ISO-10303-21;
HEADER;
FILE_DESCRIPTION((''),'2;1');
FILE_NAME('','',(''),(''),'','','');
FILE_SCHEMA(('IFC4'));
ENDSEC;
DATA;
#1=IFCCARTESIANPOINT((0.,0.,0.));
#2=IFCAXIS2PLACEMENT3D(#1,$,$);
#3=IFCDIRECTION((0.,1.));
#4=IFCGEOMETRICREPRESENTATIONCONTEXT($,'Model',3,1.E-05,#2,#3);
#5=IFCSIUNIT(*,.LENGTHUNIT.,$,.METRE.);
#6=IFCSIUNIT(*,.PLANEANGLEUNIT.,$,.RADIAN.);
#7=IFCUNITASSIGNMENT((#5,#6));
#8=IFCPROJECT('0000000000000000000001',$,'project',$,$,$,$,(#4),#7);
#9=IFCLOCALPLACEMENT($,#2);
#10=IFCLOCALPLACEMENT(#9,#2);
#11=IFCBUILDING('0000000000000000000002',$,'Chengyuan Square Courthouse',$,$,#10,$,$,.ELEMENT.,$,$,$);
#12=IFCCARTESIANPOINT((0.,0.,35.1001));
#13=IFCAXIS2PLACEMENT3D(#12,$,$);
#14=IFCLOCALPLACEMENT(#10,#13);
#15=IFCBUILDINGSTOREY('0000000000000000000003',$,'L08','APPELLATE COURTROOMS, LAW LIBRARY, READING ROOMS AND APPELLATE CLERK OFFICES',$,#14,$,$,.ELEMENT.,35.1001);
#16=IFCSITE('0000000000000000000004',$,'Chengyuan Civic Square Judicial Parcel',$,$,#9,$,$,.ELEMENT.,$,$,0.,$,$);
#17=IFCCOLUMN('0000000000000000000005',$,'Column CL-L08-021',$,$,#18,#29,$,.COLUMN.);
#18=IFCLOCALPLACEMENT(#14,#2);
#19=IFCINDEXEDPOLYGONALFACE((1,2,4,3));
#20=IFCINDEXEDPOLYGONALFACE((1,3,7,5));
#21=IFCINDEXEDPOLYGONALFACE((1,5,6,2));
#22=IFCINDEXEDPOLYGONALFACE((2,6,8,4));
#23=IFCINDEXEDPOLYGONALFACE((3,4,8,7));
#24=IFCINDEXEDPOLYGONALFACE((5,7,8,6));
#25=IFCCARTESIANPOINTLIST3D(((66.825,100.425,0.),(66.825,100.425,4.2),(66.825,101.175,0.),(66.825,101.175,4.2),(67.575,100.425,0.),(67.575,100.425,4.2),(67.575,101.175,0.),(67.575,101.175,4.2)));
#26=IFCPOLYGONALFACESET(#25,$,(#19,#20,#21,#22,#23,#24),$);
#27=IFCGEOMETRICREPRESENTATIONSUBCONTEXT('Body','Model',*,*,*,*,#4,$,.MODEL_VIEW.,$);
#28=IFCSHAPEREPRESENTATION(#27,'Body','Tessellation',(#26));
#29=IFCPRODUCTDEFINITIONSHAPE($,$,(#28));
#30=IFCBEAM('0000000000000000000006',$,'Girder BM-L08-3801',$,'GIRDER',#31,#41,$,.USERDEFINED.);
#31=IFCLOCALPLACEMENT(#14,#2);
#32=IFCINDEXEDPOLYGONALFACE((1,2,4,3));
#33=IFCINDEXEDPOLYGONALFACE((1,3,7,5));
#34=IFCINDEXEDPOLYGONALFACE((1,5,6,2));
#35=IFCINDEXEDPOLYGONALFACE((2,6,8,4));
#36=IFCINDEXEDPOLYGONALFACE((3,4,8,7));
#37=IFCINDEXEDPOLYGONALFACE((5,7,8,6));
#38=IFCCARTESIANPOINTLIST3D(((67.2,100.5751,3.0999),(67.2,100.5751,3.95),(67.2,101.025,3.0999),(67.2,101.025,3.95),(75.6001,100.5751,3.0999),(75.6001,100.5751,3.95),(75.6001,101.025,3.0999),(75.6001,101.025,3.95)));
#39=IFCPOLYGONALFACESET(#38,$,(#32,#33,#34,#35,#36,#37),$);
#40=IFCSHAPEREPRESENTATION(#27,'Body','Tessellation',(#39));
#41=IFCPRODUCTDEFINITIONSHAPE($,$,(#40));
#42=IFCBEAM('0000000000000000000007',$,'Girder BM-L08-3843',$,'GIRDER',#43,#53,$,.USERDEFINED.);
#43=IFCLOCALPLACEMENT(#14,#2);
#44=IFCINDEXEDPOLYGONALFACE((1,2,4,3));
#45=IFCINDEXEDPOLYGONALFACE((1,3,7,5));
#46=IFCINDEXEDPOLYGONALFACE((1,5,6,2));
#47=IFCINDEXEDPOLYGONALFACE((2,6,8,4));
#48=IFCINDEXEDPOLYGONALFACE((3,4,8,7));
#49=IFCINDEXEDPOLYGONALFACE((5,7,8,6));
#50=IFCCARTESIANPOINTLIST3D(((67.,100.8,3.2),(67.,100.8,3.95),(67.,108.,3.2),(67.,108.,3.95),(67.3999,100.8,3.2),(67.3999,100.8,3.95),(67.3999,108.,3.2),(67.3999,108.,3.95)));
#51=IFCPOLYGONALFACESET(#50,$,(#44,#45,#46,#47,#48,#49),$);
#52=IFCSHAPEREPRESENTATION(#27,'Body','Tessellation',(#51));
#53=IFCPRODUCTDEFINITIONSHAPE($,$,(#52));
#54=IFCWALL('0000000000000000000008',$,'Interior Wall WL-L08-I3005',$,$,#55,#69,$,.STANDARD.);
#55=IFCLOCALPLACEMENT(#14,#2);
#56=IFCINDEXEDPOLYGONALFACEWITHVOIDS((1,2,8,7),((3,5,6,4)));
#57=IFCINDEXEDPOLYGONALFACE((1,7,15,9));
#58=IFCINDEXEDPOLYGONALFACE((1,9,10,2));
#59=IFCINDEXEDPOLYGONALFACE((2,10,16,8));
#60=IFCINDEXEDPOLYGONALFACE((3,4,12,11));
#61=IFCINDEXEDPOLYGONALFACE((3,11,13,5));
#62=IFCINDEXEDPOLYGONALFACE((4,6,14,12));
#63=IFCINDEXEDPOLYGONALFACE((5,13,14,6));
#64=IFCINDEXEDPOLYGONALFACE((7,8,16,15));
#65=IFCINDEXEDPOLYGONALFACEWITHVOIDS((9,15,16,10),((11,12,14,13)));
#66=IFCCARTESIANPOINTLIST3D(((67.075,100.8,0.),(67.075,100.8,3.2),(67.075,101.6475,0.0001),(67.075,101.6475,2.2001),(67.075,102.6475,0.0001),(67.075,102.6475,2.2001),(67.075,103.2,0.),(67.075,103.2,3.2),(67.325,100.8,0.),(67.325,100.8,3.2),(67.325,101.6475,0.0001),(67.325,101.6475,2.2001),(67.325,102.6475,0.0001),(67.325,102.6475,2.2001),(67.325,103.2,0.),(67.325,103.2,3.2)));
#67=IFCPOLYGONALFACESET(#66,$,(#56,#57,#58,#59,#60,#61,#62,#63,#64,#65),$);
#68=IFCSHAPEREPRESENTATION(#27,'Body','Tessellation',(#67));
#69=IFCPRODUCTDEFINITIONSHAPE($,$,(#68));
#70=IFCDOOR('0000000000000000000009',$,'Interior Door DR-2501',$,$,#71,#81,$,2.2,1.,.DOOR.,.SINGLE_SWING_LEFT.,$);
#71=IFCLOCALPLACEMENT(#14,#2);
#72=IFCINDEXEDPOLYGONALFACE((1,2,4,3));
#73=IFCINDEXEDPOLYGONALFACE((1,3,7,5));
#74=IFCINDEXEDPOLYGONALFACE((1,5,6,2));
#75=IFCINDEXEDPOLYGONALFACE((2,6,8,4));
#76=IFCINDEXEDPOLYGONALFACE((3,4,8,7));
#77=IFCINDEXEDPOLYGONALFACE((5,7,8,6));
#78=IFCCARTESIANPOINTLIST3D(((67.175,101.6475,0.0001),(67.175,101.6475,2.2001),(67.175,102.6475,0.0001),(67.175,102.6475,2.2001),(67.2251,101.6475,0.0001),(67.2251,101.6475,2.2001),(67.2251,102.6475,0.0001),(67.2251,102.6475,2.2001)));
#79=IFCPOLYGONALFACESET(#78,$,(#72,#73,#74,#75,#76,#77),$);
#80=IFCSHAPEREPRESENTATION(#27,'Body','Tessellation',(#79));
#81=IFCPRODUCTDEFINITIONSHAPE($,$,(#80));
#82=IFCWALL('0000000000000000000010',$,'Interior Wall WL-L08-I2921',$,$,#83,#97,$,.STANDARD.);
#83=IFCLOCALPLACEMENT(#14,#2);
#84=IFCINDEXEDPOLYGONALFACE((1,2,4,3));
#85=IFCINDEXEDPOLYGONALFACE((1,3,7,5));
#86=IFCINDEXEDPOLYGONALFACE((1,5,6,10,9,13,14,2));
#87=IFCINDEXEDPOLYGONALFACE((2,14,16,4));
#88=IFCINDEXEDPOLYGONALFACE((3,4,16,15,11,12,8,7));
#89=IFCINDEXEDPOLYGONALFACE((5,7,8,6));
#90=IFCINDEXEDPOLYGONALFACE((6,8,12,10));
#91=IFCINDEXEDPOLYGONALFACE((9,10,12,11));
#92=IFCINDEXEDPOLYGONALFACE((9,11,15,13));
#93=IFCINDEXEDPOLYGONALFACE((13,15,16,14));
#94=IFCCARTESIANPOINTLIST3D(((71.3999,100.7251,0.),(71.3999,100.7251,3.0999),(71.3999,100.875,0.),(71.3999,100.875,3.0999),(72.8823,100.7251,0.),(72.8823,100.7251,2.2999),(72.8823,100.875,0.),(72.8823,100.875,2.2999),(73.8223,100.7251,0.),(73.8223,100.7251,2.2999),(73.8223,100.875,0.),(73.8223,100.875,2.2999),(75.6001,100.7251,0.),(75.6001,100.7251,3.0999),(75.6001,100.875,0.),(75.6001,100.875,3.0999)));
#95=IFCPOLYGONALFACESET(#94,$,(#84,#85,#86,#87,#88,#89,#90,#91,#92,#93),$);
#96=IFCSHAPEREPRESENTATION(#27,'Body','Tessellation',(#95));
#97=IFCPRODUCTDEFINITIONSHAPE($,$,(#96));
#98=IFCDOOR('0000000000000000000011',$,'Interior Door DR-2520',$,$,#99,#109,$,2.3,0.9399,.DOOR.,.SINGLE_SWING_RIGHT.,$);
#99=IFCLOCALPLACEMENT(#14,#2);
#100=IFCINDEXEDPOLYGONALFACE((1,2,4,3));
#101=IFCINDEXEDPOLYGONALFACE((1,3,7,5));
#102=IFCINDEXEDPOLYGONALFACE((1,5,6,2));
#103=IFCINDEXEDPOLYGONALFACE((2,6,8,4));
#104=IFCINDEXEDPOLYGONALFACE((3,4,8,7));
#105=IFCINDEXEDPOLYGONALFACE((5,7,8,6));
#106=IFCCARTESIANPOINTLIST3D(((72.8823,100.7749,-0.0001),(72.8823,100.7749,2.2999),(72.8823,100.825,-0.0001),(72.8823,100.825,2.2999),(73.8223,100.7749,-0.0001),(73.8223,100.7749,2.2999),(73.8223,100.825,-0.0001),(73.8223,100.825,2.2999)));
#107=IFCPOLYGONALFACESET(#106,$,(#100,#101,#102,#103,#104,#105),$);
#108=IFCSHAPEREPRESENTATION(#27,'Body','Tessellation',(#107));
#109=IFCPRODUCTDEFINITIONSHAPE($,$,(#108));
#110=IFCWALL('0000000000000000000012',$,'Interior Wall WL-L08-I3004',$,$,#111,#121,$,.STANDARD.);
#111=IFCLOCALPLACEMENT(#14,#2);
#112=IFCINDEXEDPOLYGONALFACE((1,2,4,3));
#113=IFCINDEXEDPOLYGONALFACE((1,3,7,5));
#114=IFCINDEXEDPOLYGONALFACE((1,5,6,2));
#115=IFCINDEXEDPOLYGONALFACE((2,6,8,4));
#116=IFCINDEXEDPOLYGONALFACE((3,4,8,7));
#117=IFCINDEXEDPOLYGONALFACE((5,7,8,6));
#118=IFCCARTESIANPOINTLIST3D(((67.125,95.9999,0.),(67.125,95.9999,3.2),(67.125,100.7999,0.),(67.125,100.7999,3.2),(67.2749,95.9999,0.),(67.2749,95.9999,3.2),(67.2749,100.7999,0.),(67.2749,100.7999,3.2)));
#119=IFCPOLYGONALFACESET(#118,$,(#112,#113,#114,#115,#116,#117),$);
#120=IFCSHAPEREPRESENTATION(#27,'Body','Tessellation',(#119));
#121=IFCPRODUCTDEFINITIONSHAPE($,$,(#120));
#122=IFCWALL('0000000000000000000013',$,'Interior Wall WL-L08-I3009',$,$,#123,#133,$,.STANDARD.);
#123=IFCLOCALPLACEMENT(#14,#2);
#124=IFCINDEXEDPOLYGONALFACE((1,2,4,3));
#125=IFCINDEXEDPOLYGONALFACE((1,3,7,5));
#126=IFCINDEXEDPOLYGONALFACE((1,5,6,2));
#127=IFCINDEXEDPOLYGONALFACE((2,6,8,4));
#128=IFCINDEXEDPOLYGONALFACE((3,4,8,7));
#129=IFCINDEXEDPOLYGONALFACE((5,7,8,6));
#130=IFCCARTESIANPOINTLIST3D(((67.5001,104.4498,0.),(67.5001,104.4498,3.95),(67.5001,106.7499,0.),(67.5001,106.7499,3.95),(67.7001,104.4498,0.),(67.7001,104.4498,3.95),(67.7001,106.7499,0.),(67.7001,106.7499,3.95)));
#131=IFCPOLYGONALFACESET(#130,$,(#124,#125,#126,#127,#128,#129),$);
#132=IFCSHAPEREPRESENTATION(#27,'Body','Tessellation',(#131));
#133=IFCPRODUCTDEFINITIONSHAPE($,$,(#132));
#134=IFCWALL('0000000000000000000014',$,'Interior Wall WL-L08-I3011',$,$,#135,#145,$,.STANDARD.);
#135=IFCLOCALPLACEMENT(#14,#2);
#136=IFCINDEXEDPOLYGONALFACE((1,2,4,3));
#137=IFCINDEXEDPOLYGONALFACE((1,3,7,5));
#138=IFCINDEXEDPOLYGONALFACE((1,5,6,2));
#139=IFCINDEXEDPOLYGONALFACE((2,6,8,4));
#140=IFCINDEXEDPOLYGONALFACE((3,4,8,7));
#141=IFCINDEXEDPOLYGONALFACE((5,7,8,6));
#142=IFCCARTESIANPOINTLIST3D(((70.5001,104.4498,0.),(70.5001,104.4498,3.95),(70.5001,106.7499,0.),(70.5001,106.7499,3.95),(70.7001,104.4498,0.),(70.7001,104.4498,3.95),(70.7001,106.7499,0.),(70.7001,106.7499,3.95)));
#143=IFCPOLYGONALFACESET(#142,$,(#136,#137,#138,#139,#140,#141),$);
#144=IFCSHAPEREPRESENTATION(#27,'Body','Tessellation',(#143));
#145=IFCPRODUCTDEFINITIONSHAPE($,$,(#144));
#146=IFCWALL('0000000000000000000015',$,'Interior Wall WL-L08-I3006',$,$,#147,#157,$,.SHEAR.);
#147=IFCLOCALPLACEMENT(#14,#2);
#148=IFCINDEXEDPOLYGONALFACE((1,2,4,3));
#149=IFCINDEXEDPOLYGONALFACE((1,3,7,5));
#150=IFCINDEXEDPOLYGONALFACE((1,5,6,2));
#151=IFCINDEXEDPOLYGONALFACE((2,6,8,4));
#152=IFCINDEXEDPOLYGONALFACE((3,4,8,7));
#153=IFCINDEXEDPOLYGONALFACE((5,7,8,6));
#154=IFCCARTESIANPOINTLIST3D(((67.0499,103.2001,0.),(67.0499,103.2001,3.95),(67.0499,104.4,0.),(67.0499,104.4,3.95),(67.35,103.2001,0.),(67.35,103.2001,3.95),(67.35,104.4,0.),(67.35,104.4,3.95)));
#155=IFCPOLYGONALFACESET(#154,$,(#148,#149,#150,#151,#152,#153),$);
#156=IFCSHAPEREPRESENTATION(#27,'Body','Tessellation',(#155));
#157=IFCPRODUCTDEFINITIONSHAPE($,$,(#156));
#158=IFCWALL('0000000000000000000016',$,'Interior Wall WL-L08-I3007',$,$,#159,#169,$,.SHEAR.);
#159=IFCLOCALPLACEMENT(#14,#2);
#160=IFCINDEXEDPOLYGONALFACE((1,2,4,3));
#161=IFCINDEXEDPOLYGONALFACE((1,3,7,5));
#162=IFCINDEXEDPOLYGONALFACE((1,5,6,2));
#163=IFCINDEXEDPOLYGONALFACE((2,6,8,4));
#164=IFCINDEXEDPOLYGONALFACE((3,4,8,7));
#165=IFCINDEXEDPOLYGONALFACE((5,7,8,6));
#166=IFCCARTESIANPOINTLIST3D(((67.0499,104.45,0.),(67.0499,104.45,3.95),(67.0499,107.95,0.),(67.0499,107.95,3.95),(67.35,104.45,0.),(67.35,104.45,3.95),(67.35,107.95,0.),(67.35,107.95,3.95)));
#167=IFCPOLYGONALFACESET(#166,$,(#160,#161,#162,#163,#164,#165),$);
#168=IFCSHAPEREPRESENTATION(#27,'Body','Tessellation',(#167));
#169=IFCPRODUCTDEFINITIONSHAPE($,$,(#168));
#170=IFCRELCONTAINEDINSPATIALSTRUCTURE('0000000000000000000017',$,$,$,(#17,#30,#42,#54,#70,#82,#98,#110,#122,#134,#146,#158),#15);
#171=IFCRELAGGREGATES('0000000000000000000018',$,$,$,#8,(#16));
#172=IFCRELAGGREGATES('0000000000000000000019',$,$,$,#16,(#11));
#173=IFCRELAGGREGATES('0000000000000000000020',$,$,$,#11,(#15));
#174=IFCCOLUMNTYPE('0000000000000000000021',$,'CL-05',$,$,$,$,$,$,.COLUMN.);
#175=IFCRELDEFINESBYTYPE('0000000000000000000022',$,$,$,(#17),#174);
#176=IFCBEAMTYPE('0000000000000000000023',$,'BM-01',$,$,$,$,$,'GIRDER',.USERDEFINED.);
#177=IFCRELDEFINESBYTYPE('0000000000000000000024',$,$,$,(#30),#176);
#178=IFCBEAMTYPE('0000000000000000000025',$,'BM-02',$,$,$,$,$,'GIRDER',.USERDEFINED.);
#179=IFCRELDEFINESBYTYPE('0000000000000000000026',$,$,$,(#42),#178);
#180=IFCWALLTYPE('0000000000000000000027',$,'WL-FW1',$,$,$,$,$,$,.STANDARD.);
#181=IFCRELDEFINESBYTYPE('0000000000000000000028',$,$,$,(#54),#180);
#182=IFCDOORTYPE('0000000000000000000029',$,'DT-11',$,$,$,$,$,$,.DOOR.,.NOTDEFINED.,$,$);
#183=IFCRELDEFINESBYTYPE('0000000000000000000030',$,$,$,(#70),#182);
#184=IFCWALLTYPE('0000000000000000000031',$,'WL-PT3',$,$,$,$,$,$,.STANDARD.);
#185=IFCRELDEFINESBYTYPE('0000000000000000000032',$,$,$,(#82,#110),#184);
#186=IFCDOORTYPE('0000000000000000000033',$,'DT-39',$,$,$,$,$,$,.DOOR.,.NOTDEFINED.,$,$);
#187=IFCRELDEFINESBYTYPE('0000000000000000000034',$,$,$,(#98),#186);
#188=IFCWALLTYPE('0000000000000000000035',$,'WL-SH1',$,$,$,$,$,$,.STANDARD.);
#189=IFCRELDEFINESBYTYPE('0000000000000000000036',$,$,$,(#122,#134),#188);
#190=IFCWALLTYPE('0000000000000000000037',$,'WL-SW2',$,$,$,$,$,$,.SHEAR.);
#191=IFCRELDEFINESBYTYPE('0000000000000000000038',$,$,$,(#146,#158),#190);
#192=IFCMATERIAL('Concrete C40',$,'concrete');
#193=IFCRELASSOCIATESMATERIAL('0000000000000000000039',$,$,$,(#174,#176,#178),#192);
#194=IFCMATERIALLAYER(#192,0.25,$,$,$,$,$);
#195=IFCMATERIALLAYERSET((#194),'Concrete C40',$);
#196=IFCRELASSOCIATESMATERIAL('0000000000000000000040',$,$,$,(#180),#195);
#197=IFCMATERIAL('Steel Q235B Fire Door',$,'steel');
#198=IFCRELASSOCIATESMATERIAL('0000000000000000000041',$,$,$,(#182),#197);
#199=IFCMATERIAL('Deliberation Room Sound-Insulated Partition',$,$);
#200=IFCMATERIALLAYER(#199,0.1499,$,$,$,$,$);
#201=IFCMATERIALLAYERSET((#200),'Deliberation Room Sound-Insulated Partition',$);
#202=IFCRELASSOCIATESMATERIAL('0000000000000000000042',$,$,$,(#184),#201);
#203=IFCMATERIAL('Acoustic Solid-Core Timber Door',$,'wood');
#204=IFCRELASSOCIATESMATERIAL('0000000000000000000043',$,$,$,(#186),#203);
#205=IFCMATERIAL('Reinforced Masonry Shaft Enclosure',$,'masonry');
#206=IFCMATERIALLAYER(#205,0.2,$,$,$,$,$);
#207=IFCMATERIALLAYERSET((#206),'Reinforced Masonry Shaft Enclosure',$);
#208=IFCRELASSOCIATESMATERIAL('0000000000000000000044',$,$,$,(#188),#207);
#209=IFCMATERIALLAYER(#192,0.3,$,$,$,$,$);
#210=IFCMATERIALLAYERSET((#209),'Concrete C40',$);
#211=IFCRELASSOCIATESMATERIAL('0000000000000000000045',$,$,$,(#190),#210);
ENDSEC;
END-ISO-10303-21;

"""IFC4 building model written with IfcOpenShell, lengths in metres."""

from ifc_helpers import new_model, si_unit, direction, frame, frame_2d, origin, origin_2d, place, context, subcontext, project, spatial, rectangle, extrude, material, layer, layer_set, material_profile, profile_set, type_object, element, fill, save


model = new_model("IFC4")

# Units and contexts
model_context = context("Model", 3, precision=1e-05, world=origin(), true_north=direction((0.0, 1.0)))
body_context = subcontext(model_context, "Body", "Model", "MODEL_VIEW")
ifc_project = project(units=[si_unit("LENGTHUNIT", "METRE"), si_unit("PLANEANGLEUNIT", "RADIAN")], contexts=[model_context])

# Site, building, storey
site_placement = place(None, origin())
site = spatial("IfcSite", under=ifc_project, at=site_placement, Name="Chengyuan Civic Square Judicial Parcel", CompositionType="ELEMENT", RefElevation=0.0)
building_placement = place(site_placement, origin())
building = spatial("IfcBuilding", under=site, at=building_placement, Name="Chengyuan Square Courthouse", CompositionType="ELEMENT")
storey_placement = place(building_placement, frame((0.0, 0.0, 35.1001)))
storey = spatial("IfcBuildingStorey", under=building, at=storey_placement, Name="L08", Description="APPELLATE COURTROOMS, LAW LIBRARY, READING ROOMS AND APPELLATE CLERK OFFICES", CompositionType="ELEMENT", Elevation=35.1001)

# Column
ifc_material_1 = material(Name="Concrete C40", Category="concrete")
ifc_material_profile_1 = material_profile(ifc_material_1, rectangle(XDim=0.75, YDim=0.75, at=origin_2d()), Name="RC-COL-750x750")
ifc_profile_set_1 = profile_set([ifc_material_profile_1], Name="Concrete C40")
column_type = type_object("IfcColumnType", Name="CL-05", PredefinedType="COLUMN", material=ifc_profile_set_1)
column_placement = place(storey_placement, frame((67.2, 100.8, 0.0), z_axis=(0.0, 0.0, 1.0), x_axis=(1.0, 0.0, 0.0)))
element("IfcColumn", 1, at=column_placement, inside=storey, type_object=column_type, Name="Column CL-L08-021", PredefinedType="COLUMN", context=body_context, shape_type="SweptSolid", body=[
    extrude(rectangle(XDim=0.75, YDim=0.75, at=origin_2d()), origin(), (0.0, 0.0, 1.0), 4.2),
])

# Beams
ifc_material_profile_2 = material_profile(ifc_material_1, rectangle(XDim=0.45, YDim=0.8501, at=origin_2d()), Name="RC-BM-450x850")
ifc_profile_set_2 = profile_set([ifc_material_profile_2], Name="Concrete C40")
beam_type_1 = type_object("IfcBeamType", Name="BM-01", ElementType="GIRDER", PredefinedType="USERDEFINED", material=ifc_profile_set_2)
beam_1_placement = place(storey_placement, frame((67.2, 100.8, 3.5249), z_axis=(1.0, 0.0, 0.0), x_axis=(0.0, 1.0, 0.0)))
element("IfcBeam", 2, at=beam_1_placement, inside=storey, type_object=beam_type_1, Name="Girder BM-L08-3801", ObjectType="GIRDER", PredefinedType="USERDEFINED", context=body_context, shape_type="SweptSolid", body=[
    extrude(rectangle(XDim=0.45, YDim=0.8501, at=origin_2d()), origin(), (0.0, 0.0, 1.0), 8.4001),
])
ifc_material_profile_3 = material_profile(ifc_material_1, rectangle(XDim=0.3999, YDim=0.75, at=origin_2d()), Name="RC-BM-400x750")
ifc_profile_set_3 = profile_set([ifc_material_profile_3], Name="Concrete C40")
beam_type_2 = type_object("IfcBeamType", Name="BM-02", ElementType="GIRDER", PredefinedType="USERDEFINED", material=ifc_profile_set_3)
beam_2_placement = place(storey_placement, frame((67.2, 100.8, 3.575), z_axis=(0.0, 1.0, 0.0), x_axis=(-1.0, 0.0, 0.0)))
element("IfcBeam", 3, at=beam_2_placement, inside=storey, type_object=beam_type_2, Name="Girder BM-L08-3843", ObjectType="GIRDER", PredefinedType="USERDEFINED", context=body_context, shape_type="SweptSolid", body=[
    extrude(rectangle(XDim=0.3999, YDim=0.75, at=origin_2d()), origin(), (0.0, 0.0, 1.0), 7.2),
])

# Walls, openings, doors
ifc_layer_1 = layer(ifc_material_1, 0.25)
ifc_layer_set_1 = layer_set([ifc_layer_1], Name="Concrete C40")
wall_type_1 = type_object("IfcWallType", Name="WL-FW1", PredefinedType="STANDARD", material=ifc_layer_set_1)
wall_1_placement = place(storey_placement, frame((67.2, 100.8, 0.0), z_axis=(0.0, 0.0, 1.0), x_axis=(0.0, 1.0, 0.0)))
wall_1 = element("IfcWall", 4, at=wall_1_placement, inside=storey, type_object=wall_type_1, Name="Interior Wall WL-L08-I3005", PredefinedType="STANDARD", context=body_context, shape_type="SweptSolid", body=[
    extrude(rectangle(XDim=2.3999, YDim=0.25, at=frame_2d((1.2, 0.0))), origin(), (0.0, 0.0, 1.0), 3.2),
])
opening_1_placement = place(wall_1_placement, frame((0.8474, 0.0, 0.0)))
opening_1 = element("IfcOpeningElement", 5, at=opening_1_placement, cuts=wall_1, PredefinedType="OPENING", context=body_context, shape_type="SweptSolid", body=[
    extrude(rectangle(XDim=1.0, YDim=2.2, at=frame_2d((0.5, 1.1001))), frame((0.0, 0.137, 0.0), z_axis=(0.0, -1.0, 0.0), x_axis=(1.0, 0.0, 0.0)), (0.0, 0.0, 1.0), 0.2739),
])
ifc_material_2 = material(Name="Steel Q235B Fire Door", Category="steel")
door_type_1 = type_object("IfcDoorType", Name="DT-11", OperationType="NOTDEFINED", PredefinedType="DOOR", material=ifc_material_2)
door_1_placement = place(opening_1_placement, origin())
door_1 = element("IfcDoor", 6, at=door_1_placement, inside=storey, type_object=door_type_1, Name="Interior Door DR-2501", OperationType="SINGLE_SWING_LEFT", OverallHeight=2.2, OverallWidth=1.0, PredefinedType="DOOR", context=body_context, shape_type="SweptSolid", body=[
    extrude(rectangle(XDim=1.0, YDim=2.2, at=frame_2d((0.5, 1.1001))), frame((0.0, 0.0249, 0.0), z_axis=(0.0, -1.0, 0.0), x_axis=(1.0, 0.0, 0.0)), (0.0, 0.0, 1.0), 0.05),
])
fill(opening_1, door_1)
ifc_material_3 = material(Name="Deliberation Room Sound-Insulated Partition")
ifc_layer_2 = layer(ifc_material_3, 0.1499)
ifc_layer_set_2 = layer_set([ifc_layer_2], Name="Deliberation Room Sound-Insulated Partition")
wall_type_2 = type_object("IfcWallType", Name="WL-PT3", PredefinedType="STANDARD", material=ifc_layer_set_2)
wall_2_placement = place(storey_placement, frame((71.3999, 100.8, 0.0), z_axis=(0.0, 0.0, 1.0), x_axis=(1.0, 0.0, 0.0)))
wall_2 = element("IfcWall", 7, at=wall_2_placement, inside=storey, type_object=wall_type_2, Name="Interior Wall WL-L08-I2921", PredefinedType="STANDARD", context=body_context, shape_type="SweptSolid", body=[
    extrude(rectangle(XDim=4.2002, YDim=0.1499, at=frame_2d((2.1001, 0.0))), origin(), (0.0, 0.0, 1.0), 3.0999),
])
opening_2_placement = place(wall_2_placement, frame((1.4824, 0.0, 0.0)))
opening_2 = element("IfcOpeningElement", 8, at=opening_2_placement, cuts=wall_2, PredefinedType="OPENING", context=body_context, shape_type="SweptSolid", body=[
    extrude(rectangle(XDim=0.9399, YDim=2.3, at=frame_2d((0.47, 1.1499))), frame((0.0, 0.0869, 0.0), z_axis=(0.0, -1.0, 0.0), x_axis=(1.0, 0.0, 0.0)), (0.0, 0.0, 1.0), 0.1738),
])
ifc_material_4 = material(Name="Acoustic Solid-Core Timber Door", Category="wood")
door_type_2 = type_object("IfcDoorType", Name="DT-39", OperationType="NOTDEFINED", PredefinedType="DOOR", material=ifc_material_4)
door_2_placement = place(opening_2_placement, origin())
door_2 = element("IfcDoor", 9, at=door_2_placement, inside=storey, type_object=door_type_2, Name="Interior Door DR-2520", OperationType="SINGLE_SWING_RIGHT", OverallHeight=2.3, OverallWidth=0.9399, PredefinedType="DOOR", context=body_context, shape_type="SweptSolid", body=[
    extrude(rectangle(XDim=0.9399, YDim=2.3, at=frame_2d((0.47, 1.1499))), frame((0.0, 0.0249, 0.0), z_axis=(0.0, -1.0, 0.0), x_axis=(1.0, 0.0, 0.0)), (0.0, 0.0, 1.0), 0.05),
])
fill(opening_2, door_2)

# Wall
wall_3_placement = place(storey_placement, frame((67.2, 96.0, 0.0), z_axis=(0.0, 0.0, 1.0), x_axis=(0.0, 1.0, 0.0)))
element("IfcWall", 10, at=wall_3_placement, inside=storey, type_object=wall_type_2, Name="Interior Wall WL-L08-I3004", PredefinedType="STANDARD", context=body_context, shape_type="SweptSolid", body=[
    extrude(rectangle(XDim=4.8, YDim=0.1499, at=frame_2d((2.3999, 0.0))), origin(), (0.0, 0.0, 1.0), 3.2),
])

# Shared definitions
ifc_material_5 = material(Name="Reinforced Masonry Shaft Enclosure", Category="masonry")
ifc_layer_3 = layer(ifc_material_5, 0.2)
ifc_layer_set_3 = layer_set([ifc_layer_3], Name="Reinforced Masonry Shaft Enclosure")
wall_type_3 = type_object("IfcWallType", Name="WL-SH1", PredefinedType="STANDARD", material=ifc_layer_set_3)

# Walls
for number, where, z_axis, x_axis, name in (
    (11, (67.6001, 104.45, 0.0), (0.0, 0.0, 1.0), (0.0, 1.0, 0.0), "Interior Wall WL-L08-I3009"),
    (12, (70.6001, 104.45, 0.0), (0.0, 0.0, 1.0), (0.0, 1.0, 0.0), "Interior Wall WL-L08-I3011"),
):
    element("IfcWall", number, at=place(storey_placement, frame(where, z_axis=z_axis, x_axis=x_axis)), inside=storey, type_object=wall_type_3, Name=name, PredefinedType="STANDARD", context=body_context, shape_type="SweptSolid", body=[
        extrude(rectangle(XDim=2.3, YDim=0.2, at=frame_2d((1.1499, 0.0))), origin(), (0.0, 0.0, 1.0), 3.95),
    ])
ifc_layer_4 = layer(ifc_material_1, 0.3)
ifc_layer_set_4 = layer_set([ifc_layer_4], Name="Concrete C40")
wall_type_4 = type_object("IfcWallType", Name="WL-SW2", PredefinedType="SHEAR", material=ifc_layer_set_4)
wall_4_placement = place(storey_placement, frame((67.2, 103.2, 0.0), z_axis=(0.0, 0.0, 1.0), x_axis=(0.0, 1.0, 0.0)))
element("IfcWall", 13, at=wall_4_placement, inside=storey, type_object=wall_type_4, Name="Interior Wall WL-L08-I3006", PredefinedType="SHEAR", context=body_context, shape_type="SweptSolid", body=[
    extrude(rectangle(XDim=1.2, YDim=0.3, at=frame_2d((0.6001, 0.0))), origin(), (0.0, 0.0, 1.0), 3.95),
])
wall_5_placement = place(storey_placement, frame((67.2, 104.45, 0.0), z_axis=(0.0, 0.0, 1.0), x_axis=(0.0, 1.0, 0.0)))
element("IfcWall", 14, at=wall_5_placement, inside=storey, type_object=wall_type_4, Name="Interior Wall WL-L08-I3007", PredefinedType="SHEAR", context=body_context, shape_type="SweptSolid", body=[
    extrude(rectangle(XDim=3.5, YDim=0.3, at=frame_2d((1.75, 0.0))), origin(), (0.0, 0.0, 1.0), 3.95),
])

save(model, "model.ifc")
